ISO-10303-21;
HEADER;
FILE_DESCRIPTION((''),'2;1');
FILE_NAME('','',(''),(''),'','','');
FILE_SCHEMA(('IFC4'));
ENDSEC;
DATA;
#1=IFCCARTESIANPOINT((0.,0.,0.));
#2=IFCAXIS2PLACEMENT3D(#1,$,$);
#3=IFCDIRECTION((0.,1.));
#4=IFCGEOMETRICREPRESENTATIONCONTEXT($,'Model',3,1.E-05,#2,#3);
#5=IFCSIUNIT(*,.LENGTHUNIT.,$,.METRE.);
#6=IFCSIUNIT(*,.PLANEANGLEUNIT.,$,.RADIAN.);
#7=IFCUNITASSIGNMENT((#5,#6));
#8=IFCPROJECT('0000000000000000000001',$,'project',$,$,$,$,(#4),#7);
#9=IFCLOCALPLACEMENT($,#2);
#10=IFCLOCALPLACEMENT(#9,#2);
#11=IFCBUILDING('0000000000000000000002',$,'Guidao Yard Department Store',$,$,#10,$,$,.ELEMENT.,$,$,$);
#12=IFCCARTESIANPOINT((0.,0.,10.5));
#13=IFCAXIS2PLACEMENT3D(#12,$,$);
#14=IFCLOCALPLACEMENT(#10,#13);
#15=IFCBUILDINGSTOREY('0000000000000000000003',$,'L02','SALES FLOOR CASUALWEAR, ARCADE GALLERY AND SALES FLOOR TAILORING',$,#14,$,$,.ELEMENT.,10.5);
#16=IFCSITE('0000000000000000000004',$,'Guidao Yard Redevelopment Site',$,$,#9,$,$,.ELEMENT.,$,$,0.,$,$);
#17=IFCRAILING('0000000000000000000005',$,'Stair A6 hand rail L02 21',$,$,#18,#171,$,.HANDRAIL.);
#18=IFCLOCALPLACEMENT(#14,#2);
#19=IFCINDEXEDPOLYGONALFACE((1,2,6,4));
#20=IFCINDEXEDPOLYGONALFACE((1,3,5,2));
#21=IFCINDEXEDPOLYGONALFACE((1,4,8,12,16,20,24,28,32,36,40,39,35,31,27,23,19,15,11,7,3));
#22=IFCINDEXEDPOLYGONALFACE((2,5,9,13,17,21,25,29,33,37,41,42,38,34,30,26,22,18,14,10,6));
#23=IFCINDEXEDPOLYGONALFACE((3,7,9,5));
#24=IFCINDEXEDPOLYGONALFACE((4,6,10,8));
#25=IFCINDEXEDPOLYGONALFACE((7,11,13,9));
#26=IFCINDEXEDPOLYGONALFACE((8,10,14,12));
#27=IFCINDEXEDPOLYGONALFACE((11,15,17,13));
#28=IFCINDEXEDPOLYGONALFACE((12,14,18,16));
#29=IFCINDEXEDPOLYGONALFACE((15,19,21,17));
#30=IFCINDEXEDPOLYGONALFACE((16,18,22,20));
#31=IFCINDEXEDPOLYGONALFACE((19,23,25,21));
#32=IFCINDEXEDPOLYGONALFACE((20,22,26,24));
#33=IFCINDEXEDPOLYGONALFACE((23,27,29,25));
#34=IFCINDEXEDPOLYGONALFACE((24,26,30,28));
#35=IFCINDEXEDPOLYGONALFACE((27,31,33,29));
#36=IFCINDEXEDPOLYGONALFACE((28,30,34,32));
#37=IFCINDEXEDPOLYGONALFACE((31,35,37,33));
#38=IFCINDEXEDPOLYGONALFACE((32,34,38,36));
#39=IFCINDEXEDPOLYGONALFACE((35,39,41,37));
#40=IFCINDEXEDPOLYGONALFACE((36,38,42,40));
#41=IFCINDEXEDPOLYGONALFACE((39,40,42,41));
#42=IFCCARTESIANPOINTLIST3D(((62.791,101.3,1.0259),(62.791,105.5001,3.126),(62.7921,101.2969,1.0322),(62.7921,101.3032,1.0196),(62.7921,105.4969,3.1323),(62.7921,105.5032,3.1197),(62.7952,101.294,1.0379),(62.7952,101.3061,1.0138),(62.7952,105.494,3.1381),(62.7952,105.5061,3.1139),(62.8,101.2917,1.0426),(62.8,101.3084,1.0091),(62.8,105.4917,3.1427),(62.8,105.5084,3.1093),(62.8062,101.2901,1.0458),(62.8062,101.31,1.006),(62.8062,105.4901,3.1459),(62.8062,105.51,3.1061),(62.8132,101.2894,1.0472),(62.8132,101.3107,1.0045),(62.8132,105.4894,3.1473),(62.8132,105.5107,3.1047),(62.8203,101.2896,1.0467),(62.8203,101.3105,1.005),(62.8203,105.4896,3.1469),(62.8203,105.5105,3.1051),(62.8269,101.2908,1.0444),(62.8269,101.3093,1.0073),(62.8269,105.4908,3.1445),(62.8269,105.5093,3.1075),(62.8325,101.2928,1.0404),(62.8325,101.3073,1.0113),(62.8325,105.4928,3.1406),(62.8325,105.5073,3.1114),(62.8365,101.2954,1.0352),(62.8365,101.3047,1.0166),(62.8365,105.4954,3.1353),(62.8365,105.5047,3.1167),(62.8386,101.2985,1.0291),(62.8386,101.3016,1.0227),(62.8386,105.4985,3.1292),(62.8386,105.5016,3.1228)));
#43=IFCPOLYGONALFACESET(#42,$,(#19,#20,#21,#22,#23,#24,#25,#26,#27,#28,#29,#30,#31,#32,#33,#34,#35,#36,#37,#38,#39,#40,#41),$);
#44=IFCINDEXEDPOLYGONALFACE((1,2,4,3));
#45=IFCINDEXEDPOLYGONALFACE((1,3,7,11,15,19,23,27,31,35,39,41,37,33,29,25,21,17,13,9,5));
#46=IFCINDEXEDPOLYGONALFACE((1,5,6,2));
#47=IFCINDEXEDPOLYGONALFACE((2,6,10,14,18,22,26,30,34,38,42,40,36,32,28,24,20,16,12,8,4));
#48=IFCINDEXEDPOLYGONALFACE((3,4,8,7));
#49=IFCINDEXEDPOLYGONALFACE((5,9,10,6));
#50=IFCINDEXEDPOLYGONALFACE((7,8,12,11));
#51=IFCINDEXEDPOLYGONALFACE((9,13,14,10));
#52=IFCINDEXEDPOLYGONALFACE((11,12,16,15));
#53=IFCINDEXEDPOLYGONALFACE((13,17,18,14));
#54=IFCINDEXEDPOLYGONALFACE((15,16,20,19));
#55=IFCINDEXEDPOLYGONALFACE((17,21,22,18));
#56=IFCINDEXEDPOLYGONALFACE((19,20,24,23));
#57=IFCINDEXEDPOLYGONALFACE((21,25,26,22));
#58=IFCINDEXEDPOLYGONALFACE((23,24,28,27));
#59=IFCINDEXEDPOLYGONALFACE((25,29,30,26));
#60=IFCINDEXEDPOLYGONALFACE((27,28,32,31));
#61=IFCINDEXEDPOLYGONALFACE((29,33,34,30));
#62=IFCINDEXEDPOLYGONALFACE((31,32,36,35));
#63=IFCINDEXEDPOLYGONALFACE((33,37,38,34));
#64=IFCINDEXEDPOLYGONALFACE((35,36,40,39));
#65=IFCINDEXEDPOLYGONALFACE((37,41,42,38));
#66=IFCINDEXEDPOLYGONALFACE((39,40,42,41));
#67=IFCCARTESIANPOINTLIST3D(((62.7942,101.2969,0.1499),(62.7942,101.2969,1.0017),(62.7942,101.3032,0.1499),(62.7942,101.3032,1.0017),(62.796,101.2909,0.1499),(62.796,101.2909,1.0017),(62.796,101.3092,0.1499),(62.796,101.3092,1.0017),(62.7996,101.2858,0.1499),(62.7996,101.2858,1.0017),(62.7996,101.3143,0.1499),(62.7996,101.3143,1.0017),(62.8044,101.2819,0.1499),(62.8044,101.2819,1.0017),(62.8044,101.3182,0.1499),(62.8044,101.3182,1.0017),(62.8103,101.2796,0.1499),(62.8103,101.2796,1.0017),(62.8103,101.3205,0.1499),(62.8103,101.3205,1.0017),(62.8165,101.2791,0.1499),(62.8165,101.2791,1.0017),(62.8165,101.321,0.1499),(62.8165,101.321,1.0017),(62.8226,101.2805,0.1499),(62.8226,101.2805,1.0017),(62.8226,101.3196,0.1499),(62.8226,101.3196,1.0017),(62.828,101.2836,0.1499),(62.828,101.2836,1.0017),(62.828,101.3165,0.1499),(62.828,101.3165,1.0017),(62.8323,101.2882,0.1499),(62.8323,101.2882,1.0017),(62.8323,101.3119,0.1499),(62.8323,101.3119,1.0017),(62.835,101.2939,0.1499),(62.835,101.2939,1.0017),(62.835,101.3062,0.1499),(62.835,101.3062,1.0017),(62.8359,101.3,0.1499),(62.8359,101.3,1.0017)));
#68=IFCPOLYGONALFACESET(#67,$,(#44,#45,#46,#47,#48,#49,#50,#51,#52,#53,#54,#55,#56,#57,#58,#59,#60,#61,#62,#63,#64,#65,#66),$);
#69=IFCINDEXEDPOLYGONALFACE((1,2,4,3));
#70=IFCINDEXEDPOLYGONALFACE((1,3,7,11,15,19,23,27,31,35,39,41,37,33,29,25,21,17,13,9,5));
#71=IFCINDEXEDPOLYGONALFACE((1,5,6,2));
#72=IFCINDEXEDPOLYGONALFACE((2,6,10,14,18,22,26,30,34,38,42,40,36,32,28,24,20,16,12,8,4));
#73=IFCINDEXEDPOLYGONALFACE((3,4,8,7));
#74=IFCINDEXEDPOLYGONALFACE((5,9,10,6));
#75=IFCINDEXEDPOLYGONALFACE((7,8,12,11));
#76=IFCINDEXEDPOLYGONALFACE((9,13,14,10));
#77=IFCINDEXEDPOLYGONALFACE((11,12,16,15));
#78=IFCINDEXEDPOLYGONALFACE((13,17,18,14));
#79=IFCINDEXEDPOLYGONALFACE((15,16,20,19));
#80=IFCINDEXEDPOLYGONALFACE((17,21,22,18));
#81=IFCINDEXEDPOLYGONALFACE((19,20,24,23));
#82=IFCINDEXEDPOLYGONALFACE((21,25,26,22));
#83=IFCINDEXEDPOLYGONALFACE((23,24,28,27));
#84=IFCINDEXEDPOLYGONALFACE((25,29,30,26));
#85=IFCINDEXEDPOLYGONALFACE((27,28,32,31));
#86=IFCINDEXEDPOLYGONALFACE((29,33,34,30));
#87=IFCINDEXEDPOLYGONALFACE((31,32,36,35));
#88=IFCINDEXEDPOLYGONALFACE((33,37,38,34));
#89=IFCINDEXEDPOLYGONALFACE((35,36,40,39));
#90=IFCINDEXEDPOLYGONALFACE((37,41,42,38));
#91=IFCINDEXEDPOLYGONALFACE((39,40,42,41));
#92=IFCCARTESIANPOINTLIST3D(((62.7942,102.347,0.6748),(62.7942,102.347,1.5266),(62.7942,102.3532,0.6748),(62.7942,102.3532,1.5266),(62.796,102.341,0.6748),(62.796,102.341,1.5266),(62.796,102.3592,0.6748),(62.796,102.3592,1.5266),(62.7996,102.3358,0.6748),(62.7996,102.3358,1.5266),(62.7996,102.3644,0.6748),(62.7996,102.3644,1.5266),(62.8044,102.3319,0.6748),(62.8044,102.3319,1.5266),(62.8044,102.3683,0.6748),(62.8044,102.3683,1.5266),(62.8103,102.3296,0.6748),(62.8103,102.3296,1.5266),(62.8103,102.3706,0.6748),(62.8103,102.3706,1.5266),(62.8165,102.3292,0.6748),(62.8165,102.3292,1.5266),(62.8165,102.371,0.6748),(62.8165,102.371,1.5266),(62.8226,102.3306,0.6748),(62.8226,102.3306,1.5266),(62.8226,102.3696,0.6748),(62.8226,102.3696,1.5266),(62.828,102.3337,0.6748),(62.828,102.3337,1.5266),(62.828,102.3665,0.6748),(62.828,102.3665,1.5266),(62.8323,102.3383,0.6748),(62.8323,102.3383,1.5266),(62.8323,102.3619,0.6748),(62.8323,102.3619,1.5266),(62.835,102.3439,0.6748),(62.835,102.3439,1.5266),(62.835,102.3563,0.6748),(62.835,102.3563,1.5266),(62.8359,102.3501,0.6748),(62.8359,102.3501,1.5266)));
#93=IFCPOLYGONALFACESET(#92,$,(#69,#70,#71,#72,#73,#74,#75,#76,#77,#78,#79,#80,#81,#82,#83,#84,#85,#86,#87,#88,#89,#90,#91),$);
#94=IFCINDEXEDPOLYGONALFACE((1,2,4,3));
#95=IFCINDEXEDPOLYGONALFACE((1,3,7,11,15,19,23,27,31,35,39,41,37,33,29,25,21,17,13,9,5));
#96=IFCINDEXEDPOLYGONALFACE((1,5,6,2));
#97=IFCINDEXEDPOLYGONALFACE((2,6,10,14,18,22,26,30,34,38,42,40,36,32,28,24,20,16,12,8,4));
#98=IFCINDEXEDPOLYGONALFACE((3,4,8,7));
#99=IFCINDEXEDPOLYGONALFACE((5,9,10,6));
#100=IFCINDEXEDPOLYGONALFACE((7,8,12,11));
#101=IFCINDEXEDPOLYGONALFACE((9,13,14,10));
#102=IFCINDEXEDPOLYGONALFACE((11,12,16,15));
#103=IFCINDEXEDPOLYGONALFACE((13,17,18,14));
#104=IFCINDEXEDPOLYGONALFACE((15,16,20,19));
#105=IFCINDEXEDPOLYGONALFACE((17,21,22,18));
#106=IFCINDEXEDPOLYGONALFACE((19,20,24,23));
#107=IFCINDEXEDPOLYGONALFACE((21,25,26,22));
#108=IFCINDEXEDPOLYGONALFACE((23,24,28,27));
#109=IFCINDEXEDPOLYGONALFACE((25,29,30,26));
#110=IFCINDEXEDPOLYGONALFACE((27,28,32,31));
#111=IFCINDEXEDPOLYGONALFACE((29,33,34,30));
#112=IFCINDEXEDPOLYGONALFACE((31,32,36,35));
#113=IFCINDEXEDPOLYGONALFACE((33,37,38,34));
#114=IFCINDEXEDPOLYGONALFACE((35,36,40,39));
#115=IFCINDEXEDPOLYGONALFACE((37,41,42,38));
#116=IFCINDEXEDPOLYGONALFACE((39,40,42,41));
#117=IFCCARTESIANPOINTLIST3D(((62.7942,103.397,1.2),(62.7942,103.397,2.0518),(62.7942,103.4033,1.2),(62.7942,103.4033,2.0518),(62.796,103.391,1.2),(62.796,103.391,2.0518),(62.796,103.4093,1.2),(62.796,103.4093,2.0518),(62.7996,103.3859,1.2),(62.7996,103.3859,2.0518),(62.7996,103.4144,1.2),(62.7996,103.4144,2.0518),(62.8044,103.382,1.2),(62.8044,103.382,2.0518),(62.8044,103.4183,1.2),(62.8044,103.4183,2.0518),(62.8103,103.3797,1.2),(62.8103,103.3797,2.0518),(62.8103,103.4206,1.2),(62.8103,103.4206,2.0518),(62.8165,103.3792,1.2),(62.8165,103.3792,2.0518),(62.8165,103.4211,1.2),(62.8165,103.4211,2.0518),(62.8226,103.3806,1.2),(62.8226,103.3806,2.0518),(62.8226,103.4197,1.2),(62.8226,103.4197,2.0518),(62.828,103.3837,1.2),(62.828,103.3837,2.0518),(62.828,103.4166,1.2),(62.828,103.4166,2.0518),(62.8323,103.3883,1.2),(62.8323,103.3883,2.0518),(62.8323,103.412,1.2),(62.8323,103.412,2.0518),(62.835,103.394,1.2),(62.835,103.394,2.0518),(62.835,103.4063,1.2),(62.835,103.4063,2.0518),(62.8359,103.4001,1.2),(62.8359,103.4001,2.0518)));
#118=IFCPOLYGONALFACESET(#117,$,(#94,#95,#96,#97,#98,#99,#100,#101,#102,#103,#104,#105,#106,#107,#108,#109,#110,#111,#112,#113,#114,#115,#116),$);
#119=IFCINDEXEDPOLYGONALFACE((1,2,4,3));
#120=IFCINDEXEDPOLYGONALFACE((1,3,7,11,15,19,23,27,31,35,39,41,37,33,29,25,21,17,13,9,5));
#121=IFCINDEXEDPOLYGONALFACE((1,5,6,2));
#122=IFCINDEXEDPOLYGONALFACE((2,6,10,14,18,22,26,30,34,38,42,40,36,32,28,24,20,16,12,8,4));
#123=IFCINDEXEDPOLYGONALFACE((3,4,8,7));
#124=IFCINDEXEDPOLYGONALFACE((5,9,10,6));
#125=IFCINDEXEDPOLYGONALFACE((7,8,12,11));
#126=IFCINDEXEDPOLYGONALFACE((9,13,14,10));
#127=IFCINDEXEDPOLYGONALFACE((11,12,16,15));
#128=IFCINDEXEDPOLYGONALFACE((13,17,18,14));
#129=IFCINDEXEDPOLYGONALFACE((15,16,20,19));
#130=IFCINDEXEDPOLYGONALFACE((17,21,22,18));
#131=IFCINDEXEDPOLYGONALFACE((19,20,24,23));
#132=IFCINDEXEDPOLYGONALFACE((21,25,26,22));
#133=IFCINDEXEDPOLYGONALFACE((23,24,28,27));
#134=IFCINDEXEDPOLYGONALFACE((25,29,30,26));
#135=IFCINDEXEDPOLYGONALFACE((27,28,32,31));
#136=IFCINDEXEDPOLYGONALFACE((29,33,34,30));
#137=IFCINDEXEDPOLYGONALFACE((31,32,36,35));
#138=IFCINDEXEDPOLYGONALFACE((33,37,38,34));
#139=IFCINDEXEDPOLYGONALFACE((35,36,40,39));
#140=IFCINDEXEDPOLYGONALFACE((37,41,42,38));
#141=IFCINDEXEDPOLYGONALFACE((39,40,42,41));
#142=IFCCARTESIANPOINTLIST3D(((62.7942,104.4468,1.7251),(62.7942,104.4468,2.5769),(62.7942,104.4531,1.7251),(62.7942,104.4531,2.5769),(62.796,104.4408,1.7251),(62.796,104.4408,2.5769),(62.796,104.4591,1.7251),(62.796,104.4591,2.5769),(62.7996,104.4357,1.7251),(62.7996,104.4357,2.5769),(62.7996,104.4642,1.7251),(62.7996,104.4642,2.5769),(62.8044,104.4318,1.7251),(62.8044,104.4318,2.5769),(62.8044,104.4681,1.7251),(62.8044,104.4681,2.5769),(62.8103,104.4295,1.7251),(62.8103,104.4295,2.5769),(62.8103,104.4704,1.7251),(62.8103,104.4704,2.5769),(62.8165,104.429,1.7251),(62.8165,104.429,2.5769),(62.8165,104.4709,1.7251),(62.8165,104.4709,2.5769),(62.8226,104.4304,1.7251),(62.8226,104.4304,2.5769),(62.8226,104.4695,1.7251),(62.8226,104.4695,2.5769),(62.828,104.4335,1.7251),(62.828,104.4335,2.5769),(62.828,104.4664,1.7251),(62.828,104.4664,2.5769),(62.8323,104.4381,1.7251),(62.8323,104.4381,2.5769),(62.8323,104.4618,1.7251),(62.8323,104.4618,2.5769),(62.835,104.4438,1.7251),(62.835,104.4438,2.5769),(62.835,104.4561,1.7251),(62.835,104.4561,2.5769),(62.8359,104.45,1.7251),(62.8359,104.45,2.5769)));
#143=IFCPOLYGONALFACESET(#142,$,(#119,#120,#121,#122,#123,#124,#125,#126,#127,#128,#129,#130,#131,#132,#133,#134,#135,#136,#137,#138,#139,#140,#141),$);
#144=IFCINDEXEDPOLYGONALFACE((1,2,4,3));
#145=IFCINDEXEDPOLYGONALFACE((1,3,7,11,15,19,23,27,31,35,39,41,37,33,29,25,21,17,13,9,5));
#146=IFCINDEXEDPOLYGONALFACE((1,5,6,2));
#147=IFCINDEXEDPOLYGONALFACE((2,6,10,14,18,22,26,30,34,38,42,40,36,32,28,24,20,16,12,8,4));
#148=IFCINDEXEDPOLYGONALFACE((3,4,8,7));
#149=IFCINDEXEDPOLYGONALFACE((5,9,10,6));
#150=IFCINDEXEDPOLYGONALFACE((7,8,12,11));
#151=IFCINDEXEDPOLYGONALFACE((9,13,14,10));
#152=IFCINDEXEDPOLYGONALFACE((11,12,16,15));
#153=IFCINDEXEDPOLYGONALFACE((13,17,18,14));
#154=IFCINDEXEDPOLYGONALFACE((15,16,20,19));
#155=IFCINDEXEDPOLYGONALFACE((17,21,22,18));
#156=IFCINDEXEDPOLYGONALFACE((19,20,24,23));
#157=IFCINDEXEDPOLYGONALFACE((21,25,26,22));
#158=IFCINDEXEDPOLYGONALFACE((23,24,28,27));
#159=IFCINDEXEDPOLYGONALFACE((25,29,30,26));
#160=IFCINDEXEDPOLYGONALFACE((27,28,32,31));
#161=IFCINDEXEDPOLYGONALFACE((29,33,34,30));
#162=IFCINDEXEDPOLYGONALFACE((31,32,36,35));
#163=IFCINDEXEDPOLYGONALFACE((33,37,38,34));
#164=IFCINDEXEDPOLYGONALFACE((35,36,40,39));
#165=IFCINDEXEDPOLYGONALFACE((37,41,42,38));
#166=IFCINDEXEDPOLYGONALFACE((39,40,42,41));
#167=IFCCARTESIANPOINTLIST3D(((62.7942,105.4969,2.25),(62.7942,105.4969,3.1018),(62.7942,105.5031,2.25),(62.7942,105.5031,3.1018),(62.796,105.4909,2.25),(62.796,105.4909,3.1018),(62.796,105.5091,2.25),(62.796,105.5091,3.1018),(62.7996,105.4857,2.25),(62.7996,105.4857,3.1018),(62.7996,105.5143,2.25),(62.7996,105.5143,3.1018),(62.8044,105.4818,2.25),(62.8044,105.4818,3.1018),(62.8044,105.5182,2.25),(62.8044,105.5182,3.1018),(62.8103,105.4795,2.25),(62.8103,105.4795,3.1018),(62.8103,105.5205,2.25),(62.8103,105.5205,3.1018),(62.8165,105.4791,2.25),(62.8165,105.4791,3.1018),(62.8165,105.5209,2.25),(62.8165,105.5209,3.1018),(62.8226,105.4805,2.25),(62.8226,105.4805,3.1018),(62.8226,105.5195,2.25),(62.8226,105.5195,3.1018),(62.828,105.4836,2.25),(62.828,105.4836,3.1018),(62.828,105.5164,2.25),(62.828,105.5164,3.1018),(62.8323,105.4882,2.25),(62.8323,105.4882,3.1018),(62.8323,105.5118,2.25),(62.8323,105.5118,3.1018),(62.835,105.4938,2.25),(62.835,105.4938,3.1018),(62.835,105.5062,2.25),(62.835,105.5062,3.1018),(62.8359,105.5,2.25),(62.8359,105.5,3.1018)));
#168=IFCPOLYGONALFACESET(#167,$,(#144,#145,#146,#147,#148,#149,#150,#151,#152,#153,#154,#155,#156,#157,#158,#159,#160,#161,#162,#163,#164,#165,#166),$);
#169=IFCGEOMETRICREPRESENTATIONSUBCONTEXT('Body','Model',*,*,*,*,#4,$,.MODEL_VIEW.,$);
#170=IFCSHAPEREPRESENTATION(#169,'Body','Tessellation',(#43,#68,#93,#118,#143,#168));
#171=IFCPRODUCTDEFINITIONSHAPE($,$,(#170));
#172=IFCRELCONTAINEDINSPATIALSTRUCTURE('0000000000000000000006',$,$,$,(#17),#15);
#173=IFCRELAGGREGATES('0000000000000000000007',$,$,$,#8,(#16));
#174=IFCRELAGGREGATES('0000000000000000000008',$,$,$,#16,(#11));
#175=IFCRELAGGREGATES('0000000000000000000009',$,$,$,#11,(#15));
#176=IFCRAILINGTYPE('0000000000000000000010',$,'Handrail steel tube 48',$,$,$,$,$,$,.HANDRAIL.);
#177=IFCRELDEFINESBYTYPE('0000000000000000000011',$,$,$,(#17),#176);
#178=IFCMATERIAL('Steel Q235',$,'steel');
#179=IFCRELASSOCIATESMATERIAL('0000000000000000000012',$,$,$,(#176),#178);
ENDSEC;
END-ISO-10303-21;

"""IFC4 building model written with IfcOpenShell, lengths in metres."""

from ifc_helpers import new_model, si_unit, direction, frame, origin, origin_2d, place, context, subcontext, project, spatial, circle, extrude, material, type_object, element, save


model = new_model("IFC4")

# Units and contexts
model_context = context("Model", 3, precision=1e-05, world=origin(), true_north=direction((0.0, 1.0)))
body_context = subcontext(model_context, "Body", "Model", "MODEL_VIEW")
ifc_project = project(units=[si_unit("LENGTHUNIT", "METRE"), si_unit("PLANEANGLEUNIT", "RADIAN")], contexts=[model_context])

# Site, building, storey
site_placement = place(None, origin())
site = spatial("IfcSite", under=ifc_project, at=site_placement, Name="Guidao Yard Redevelopment Site", CompositionType="ELEMENT", RefElevation=0.0)
building_placement = place(site_placement, origin())
building = spatial("IfcBuilding", under=site, at=building_placement, Name="Guidao Yard Department Store", CompositionType="ELEMENT")
storey_placement = place(building_placement, frame((0.0, 0.0, 10.5)))
storey = spatial("IfcBuildingStorey", under=building, at=storey_placement, Name="L02", Description="SALES FLOOR CASUALWEAR, ARCADE GALLERY AND SALES FLOOR TAILORING", CompositionType="ELEMENT", Elevation=10.5)

# Railing
ifc_material_1 = material(Name="Steel Q235", Category="steel")
railing_type_1 = type_object("IfcRailingType", Name="Handrail steel tube 48", PredefinedType="HANDRAIL", material=ifc_material_1)
for number, where, name in (
    (1, (62.8149, 101.3, 0.1499), "Stair A6 hand rail L02 21"),
):
    element("IfcRailing", number, at=place(storey_placement, frame(where)), inside=storey, type_object=railing_type_1, Name=name, PredefinedType="HANDRAIL", context=body_context, shape_type="SweptSolid", body=[
        extrude(circle(Radius=0.0239, at=origin_2d()), frame((0.0, 0.0, 0.876), z_axis=(0.0, 0.894417, 0.447234), x_axis=(-1.0, 0.0, 0.0)), (0.0, 0.0, 1.0), 4.6958),
        extrude(circle(Radius=0.021, at=origin_2d()), origin(), (0.0, 0.0, 1.0), 0.8518),
        extrude(circle(Radius=0.021, at=origin_2d()), frame((0.0, 1.05, 0.5249)), (0.0, 0.0, 1.0), 0.8518),
        extrude(circle(Radius=0.021, at=origin_2d()), frame((0.0, 2.1001, 1.05)), (0.0, 0.0, 1.0), 0.8518),
        extrude(circle(Radius=0.021, at=origin_2d()), frame((0.0, 3.1499, 1.5752)), (0.0, 0.0, 1.0), 0.8518),
        extrude(circle(Radius=0.021, at=origin_2d()), frame((0.0, 4.2, 2.1001)), (0.0, 0.0, 1.0), 0.8518),
    ])

save(model, "model.ifc")
